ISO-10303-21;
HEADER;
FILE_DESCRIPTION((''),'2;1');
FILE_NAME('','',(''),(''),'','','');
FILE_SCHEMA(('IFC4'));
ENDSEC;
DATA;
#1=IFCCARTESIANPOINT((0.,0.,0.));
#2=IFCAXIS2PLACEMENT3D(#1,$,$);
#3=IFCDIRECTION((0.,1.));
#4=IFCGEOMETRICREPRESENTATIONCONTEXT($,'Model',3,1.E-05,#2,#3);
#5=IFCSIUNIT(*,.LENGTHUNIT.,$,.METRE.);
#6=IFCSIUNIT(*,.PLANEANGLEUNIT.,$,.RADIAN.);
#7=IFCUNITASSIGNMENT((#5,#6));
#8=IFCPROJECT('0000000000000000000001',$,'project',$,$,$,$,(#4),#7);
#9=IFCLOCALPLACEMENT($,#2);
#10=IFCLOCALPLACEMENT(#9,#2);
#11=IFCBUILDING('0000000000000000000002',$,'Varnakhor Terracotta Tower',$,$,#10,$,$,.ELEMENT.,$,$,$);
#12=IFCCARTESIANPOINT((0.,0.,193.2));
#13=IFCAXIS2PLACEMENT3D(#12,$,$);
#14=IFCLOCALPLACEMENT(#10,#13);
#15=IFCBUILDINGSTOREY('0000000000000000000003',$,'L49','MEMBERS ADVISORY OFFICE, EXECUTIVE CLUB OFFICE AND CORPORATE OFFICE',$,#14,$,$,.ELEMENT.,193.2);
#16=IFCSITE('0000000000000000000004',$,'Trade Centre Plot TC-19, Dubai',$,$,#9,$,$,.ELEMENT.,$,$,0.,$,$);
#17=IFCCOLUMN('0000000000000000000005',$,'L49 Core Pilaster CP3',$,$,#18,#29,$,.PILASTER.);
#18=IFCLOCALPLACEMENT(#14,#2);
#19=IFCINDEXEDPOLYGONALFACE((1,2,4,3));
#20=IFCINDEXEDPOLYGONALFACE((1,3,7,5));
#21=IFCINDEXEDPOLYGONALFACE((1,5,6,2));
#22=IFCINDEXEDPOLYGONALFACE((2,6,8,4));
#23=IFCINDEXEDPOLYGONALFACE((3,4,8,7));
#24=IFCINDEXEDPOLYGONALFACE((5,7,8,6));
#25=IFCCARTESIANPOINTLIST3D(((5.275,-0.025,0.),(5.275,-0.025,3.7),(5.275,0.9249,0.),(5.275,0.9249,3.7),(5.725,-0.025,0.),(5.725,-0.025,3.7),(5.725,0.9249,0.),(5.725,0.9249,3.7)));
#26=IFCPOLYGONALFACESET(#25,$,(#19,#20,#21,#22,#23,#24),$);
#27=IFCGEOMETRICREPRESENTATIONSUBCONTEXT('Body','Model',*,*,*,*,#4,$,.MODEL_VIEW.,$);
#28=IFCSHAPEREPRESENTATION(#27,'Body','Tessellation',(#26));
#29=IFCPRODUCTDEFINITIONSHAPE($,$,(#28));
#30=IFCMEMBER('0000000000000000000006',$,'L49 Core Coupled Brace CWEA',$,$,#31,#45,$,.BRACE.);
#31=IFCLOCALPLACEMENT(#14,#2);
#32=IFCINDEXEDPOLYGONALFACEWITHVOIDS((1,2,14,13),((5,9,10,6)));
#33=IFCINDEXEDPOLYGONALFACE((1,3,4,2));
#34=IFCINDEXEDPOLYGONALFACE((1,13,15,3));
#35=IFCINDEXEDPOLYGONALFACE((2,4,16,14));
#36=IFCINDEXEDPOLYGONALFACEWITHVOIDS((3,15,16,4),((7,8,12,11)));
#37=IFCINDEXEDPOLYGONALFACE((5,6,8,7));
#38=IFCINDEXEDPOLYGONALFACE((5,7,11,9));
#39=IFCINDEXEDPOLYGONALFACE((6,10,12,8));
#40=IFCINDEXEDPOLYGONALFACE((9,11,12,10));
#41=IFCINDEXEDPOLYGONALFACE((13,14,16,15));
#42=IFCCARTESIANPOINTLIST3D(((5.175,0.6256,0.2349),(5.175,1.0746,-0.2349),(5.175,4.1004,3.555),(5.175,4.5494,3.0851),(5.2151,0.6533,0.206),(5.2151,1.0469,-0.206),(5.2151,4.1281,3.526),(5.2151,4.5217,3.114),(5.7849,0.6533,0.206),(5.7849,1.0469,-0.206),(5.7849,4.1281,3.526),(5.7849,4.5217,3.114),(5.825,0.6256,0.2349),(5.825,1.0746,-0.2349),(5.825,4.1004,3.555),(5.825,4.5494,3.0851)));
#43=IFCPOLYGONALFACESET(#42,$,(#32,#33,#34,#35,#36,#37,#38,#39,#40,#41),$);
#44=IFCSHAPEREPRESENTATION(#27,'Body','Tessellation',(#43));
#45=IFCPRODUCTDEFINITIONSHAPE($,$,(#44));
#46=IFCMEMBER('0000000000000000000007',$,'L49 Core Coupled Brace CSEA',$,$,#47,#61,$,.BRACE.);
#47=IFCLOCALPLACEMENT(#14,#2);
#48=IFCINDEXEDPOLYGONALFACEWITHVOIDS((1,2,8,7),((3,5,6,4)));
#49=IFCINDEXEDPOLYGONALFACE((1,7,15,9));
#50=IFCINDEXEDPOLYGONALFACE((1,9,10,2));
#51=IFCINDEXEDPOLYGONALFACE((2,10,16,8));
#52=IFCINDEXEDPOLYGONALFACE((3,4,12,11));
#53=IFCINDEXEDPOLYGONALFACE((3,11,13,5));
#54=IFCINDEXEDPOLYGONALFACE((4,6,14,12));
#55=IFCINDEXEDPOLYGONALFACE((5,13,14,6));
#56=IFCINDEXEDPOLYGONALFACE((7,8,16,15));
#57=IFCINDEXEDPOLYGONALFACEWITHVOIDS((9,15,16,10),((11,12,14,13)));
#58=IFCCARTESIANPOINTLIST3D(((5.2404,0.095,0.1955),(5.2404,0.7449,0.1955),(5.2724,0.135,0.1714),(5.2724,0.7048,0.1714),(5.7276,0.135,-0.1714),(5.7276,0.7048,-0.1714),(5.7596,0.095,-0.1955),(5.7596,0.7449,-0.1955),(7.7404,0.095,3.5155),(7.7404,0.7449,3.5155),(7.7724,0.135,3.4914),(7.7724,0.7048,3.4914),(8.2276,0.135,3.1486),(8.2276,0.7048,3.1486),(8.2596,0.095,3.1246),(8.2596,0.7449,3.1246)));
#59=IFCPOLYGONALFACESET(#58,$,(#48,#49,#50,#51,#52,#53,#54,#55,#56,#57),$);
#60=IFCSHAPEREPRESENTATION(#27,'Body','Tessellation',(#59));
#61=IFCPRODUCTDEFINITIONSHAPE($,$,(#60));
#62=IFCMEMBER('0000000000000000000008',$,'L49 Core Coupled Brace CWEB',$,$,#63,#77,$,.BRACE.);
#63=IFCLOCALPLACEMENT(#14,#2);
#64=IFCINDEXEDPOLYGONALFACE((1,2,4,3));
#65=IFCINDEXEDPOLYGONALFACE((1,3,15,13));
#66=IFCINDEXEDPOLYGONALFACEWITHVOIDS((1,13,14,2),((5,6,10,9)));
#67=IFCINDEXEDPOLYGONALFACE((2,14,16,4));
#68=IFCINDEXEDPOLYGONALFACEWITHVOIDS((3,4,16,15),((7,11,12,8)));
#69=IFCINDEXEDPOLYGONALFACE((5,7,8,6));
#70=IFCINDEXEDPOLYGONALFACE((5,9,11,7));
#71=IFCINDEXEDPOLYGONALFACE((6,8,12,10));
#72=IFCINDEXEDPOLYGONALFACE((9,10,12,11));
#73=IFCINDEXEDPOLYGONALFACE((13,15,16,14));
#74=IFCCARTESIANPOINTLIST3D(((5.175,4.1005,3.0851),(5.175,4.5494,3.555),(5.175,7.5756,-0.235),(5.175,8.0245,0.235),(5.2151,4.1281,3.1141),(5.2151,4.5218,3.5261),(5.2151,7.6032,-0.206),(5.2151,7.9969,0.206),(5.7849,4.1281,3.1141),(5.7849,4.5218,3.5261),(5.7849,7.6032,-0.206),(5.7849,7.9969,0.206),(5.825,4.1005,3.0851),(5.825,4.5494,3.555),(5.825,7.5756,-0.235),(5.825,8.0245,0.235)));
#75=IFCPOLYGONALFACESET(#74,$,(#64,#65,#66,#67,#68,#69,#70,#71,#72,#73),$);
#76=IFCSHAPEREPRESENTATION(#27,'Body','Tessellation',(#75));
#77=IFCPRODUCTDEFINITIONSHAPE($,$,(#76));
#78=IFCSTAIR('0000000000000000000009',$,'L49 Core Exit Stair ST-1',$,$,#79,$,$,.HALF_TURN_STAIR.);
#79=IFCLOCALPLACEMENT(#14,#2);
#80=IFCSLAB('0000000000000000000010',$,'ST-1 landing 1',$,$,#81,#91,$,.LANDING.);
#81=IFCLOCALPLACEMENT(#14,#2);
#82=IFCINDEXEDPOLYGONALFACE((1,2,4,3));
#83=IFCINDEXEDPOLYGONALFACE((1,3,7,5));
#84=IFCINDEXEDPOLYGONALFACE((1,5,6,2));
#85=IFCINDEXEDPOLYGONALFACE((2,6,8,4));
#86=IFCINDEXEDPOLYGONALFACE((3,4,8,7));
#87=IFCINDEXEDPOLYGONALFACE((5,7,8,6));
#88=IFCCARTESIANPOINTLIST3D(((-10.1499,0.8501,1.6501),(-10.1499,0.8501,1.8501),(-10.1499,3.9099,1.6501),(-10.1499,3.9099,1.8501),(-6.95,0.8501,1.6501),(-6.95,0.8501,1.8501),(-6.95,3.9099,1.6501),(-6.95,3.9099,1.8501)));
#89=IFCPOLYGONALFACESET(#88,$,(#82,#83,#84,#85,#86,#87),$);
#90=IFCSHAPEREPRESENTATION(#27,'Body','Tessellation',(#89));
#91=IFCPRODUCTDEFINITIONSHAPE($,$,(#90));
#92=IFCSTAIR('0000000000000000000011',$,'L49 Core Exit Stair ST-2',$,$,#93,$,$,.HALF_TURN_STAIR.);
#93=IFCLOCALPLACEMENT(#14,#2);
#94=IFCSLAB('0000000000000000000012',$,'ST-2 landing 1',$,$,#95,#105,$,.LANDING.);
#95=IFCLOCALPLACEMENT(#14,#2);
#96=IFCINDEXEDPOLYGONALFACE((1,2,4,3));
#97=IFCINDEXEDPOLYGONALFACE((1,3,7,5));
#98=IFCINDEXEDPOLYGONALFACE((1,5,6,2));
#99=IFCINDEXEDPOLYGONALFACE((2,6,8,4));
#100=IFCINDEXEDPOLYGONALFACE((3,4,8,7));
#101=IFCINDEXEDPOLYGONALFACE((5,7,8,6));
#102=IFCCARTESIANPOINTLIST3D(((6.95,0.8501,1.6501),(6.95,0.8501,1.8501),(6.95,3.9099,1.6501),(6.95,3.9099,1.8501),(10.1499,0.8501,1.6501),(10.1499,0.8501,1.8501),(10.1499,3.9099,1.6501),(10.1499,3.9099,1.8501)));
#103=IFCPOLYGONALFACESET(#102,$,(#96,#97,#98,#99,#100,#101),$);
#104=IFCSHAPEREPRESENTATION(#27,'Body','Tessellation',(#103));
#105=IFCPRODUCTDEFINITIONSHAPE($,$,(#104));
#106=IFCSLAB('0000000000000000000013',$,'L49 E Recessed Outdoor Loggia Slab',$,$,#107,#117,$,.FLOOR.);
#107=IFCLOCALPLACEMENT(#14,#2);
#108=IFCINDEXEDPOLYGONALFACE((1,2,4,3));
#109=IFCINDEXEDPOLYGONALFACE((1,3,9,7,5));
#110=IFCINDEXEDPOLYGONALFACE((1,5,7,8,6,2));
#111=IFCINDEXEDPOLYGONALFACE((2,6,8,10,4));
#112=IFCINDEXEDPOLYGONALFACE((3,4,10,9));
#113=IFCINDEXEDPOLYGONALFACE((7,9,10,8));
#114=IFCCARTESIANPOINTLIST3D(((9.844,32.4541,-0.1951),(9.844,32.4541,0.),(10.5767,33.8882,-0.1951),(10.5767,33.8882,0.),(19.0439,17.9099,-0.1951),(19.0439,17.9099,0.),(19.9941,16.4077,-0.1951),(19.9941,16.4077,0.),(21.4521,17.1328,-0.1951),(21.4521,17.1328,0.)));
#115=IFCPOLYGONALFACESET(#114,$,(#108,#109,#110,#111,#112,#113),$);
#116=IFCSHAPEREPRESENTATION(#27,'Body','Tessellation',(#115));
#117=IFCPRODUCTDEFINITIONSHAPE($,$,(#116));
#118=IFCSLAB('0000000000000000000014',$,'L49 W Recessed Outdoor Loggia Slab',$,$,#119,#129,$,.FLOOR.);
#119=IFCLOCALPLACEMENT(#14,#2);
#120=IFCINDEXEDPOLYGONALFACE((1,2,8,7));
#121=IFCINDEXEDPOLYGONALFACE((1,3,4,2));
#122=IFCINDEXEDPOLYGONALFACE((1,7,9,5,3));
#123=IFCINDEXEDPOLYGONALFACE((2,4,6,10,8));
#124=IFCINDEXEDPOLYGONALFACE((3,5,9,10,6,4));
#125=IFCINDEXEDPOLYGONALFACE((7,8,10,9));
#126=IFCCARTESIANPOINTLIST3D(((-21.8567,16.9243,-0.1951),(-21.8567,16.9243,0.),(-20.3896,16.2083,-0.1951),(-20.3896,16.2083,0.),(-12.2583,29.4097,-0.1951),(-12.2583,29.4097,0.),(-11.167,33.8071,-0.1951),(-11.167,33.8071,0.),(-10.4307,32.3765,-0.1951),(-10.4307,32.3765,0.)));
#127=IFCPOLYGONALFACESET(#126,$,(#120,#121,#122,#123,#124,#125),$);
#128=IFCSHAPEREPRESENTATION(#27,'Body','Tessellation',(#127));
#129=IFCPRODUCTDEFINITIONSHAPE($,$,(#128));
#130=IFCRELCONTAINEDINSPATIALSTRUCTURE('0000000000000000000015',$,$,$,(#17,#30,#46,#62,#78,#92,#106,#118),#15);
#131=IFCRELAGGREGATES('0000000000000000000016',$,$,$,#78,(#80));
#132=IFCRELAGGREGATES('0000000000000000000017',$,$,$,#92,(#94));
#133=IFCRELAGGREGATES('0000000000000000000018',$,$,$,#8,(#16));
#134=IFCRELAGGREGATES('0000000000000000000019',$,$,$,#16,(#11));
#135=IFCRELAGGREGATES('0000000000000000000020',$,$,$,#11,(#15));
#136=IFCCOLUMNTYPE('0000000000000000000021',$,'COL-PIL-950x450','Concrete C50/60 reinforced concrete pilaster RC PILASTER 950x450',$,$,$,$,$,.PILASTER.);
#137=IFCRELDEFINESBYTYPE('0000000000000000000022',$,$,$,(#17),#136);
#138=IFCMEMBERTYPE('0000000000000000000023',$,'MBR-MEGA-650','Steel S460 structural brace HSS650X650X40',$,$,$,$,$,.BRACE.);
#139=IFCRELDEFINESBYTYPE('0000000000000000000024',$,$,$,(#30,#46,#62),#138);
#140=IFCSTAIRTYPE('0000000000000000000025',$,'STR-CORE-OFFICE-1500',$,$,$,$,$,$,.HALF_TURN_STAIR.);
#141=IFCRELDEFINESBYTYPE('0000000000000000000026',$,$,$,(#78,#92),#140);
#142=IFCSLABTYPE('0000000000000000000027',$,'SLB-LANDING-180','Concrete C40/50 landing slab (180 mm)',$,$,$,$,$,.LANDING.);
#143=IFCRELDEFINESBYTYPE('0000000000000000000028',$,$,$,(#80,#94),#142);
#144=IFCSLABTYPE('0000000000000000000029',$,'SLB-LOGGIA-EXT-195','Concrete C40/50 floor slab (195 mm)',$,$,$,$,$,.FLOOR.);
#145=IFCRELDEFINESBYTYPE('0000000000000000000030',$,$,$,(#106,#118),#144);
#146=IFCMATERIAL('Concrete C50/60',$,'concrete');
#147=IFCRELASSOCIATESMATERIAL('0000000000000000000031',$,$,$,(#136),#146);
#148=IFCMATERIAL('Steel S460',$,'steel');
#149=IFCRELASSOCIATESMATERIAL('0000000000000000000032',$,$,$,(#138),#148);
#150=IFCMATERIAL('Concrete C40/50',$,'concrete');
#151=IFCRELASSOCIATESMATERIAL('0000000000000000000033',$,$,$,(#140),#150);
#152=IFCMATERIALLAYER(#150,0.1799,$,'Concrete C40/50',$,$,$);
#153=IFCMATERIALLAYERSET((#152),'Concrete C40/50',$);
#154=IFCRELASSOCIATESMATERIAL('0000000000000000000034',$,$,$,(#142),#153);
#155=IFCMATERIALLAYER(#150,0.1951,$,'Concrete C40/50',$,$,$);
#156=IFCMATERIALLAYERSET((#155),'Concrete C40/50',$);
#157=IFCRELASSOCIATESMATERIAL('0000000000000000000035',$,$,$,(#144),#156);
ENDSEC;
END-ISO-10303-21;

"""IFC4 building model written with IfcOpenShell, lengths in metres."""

from ifc_helpers import new_model, si_unit, direction, frame, origin, origin_2d, place, context, subcontext, project, spatial, polyline, rectangle, hollow_rectangle, outline, extrude, source, transform, mapped, material, layer, layer_set, material_profile, profile_set, type_object, element, aggregate, save


model = new_model("IFC4")

# Units and contexts
model_context = context("Model", 3, precision=1e-05, world=origin(), true_north=direction((0.0, 1.0)))
body_context = subcontext(model_context, "Body", "Model", "MODEL_VIEW")
ifc_project = project(units=[si_unit("LENGTHUNIT", "METRE"), si_unit("PLANEANGLEUNIT", "RADIAN")], contexts=[model_context])

# Site, building, storey
site_placement = place(None, origin())
site = spatial("IfcSite", under=ifc_project, at=site_placement, Name="Trade Centre Plot TC-19, Dubai", CompositionType="ELEMENT", RefElevation=0.0)
building_placement = place(site_placement, origin())
building = spatial("IfcBuilding", under=site, at=building_placement, Name="Varnakhor Terracotta Tower", CompositionType="ELEMENT")
storey_placement = place(building_placement, frame((0.0, 0.0, 193.2)))
storey = spatial("IfcBuildingStorey", under=building, at=storey_placement, Name="L49", Description="MEMBERS ADVISORY OFFICE, EXECUTIVE CLUB OFFICE AND CORPORATE OFFICE", CompositionType="ELEMENT", Elevation=193.2)

# Column
ifc_material_1 = material(Name="Concrete C50/60", Category="concrete")
ifc_material_profile_1 = material_profile(ifc_material_1, rectangle(XDim=0.45, YDim=0.95, at=origin_2d()), Name="RC PILASTER 950x450")
ifc_profile_set_1 = profile_set([ifc_material_profile_1], Name="Concrete C50/60")
column_type = type_object("IfcColumnType", Name="COL-PIL-950x450", Description="Concrete C50/60 reinforced concrete pilaster RC PILASTER 950x450", PredefinedType="PILASTER", material=ifc_profile_set_1)
shared_shape_1 = source(origin(), body_context, "Body", "SweptSolid", [
    extrude(rectangle(XDim=0.45, YDim=0.95, at=origin_2d()), origin(), (0.0, 0.0, 1.0), 3.7),
])
column_placement = place(storey_placement, frame((5.5, 0.45, 0.0), z_axis=(0.0, 0.0, 1.0), x_axis=(1.0, 0.0, 0.0)))
element("IfcColumn", 1, at=column_placement, inside=storey, type_object=column_type, Name="L49 Core Pilaster CP3", PredefinedType="PILASTER", context=body_context, shape_type="MappedRepresentation", body=[
    mapped(shared_shape_1, transform((0.0, 0.0, 0.0), scale=1.0)),
])

# Members
ifc_material_2 = material(Name="Steel S460", Category="steel")
ifc_material_profile_2 = material_profile(ifc_material_2, hollow_rectangle(XDim=0.6499, YDim=0.6499, WallThickness=0.04, at=origin_2d()), Name="HSS650X650X40")
ifc_profile_set_2 = profile_set([ifc_material_profile_2], Name="Steel S460")
member_type = type_object("IfcMemberType", Name="MBR-MEGA-650", Description="Steel S460 structural brace HSS650X650X40", PredefinedType="BRACE", material=ifc_profile_set_2)
shared_shape_2 = source(origin(), body_context, "Body", "SweptSolid", [
    extrude(hollow_rectangle(XDim=0.6499, YDim=0.6499, WallThickness=0.04, at=origin_2d()), origin(), (0.0, 0.0, 1.0), 4.8059),
])
member_1_placement = place(storey_placement, frame((5.5, 0.8501, 0.0), z_axis=(0.0, 0.723027, 0.69082), x_axis=(-1.0, 0.0, 0.0)))
element("IfcMember", 2, at=member_1_placement, inside=storey, type_object=member_type, Name="L49 Core Coupled Brace CWEA", PredefinedType="BRACE", context=body_context, shape_type="MappedRepresentation", body=[
    mapped(shared_shape_2, transform((0.0, 0.0, 0.0), scale=1.0)),
])
shared_shape_3 = source(origin(), body_context, "Body", "SweptSolid", [
    extrude(hollow_rectangle(XDim=0.6499, YDim=0.6499, WallThickness=0.04, at=origin_2d()), origin(), (0.0, 0.0, 1.0), 4.156),
])
member_2_placement = place(storey_placement, frame((5.5, 0.4199, 0.0), z_axis=(0.601531, 0.0, 0.79885), x_axis=(0.0, 1.0, 0.0)))
element("IfcMember", 3, at=member_2_placement, inside=storey, type_object=member_type, Name="L49 Core Coupled Brace CSEA", PredefinedType="BRACE", context=body_context, shape_type="MappedRepresentation", body=[
    mapped(shared_shape_3, transform((0.0, 0.0, 0.0), scale=1.0)),
])
shared_shape_4 = source(origin(), body_context, "Body", "SweptSolid", [
    extrude(hollow_rectangle(XDim=0.6499, YDim=0.6499, WallThickness=0.04, at=origin_2d()), origin(), (0.0, 0.0, 1.0), 4.8062),
])
member_3_placement = place(storey_placement, frame((5.5, 7.8, 0.0), z_axis=(0.0, -0.723051, 0.690795), x_axis=(1.0, 0.0, 0.0)))
element("IfcMember", 4, at=member_3_placement, inside=storey, type_object=member_type, Name="L49 Core Coupled Brace CWEB", PredefinedType="BRACE", context=body_context, shape_type="MappedRepresentation", body=[
    mapped(shared_shape_4, transform((0.0, 0.0, 0.0), scale=1.0)),
])

# Stairs, slabs
ifc_material_3 = material(Name="Concrete C40/50", Category="concrete")
stair_type = type_object("IfcStairType", Name="STR-CORE-OFFICE-1500", PredefinedType="HALF_TURN_STAIR", material=ifc_material_3)
stair_1_placement = place(storey_placement, origin())
stair_1 = element("IfcStair", 5, at=stair_1_placement, inside=storey, type_object=stair_type, Name="L49 Core Exit Stair ST-1", PredefinedType="HALF_TURN_STAIR")
ifc_layer_1 = layer(ifc_material_3, 0.1799, Name="Concrete C40/50")
ifc_layer_set_1 = layer_set([ifc_layer_1], Name="Concrete C40/50")
slab_type_1 = type_object("IfcSlabType", Name="SLB-LANDING-180", Description="Concrete C40/50 landing slab (180 mm)", PredefinedType="LANDING", material=ifc_layer_set_1)
slab_1_placement = place(storey_placement, frame((0.0, 0.0, 1.6501)))
slab_1 = element("IfcSlab", 6, at=slab_1_placement, type_object=slab_type_1, Name="ST-1 landing 1", PredefinedType="LANDING", context=body_context, shape_type="SweptSolid", body=[
    extrude(outline(polyline([(-10.1499, 3.9099), (-10.1499, 0.8501), (-6.95, 0.8501), (-6.95, 3.9099), (-10.1499, 3.9099)])), origin(), (0.0, 0.0, 1.0), 0.2),
])
aggregate(stair_1, [slab_1])
stair_2_placement = place(storey_placement, origin())
stair_2 = element("IfcStair", 7, at=stair_2_placement, inside=storey, type_object=stair_type, Name="L49 Core Exit Stair ST-2", PredefinedType="HALF_TURN_STAIR")
slab_2_placement = place(storey_placement, frame((0.0, 0.0, 1.6501)))
slab_2 = element("IfcSlab", 8, at=slab_2_placement, type_object=slab_type_1, Name="ST-2 landing 1", PredefinedType="LANDING", context=body_context, shape_type="SweptSolid", body=[
    extrude(outline(polyline([(6.95, 3.9099), (6.95, 0.8501), (10.1499, 0.8501), (10.1499, 3.9099), (6.95, 3.9099)])), origin(), (0.0, 0.0, 1.0), 0.2),
])

# Slabs
ifc_layer_2 = layer(ifc_material_3, 0.1951, Name="Concrete C40/50")
ifc_layer_set_2 = layer_set([ifc_layer_2], Name="Concrete C40/50")
slab_type_2 = type_object("IfcSlabType", Name="SLB-LOGGIA-EXT-195", Description="Concrete C40/50 floor slab (195 mm)", PredefinedType="FLOOR", material=ifc_layer_set_2)
slab_3_placement = place(storey_placement, frame((0.0, 0.0, -0.1951)))
element("IfcSlab", 9, at=slab_3_placement, inside=storey, type_object=slab_type_2, Name="L49 E Recessed Outdoor Loggia Slab", PredefinedType="FLOOR", context=body_context, shape_type="SweptSolid", body=[
    extrude(outline(polyline([(10.5767, 33.8882), (21.4521, 17.1328), (19.9941, 16.4077), (19.0439, 17.9099), (9.844, 32.4541), (10.5767, 33.8882)])), origin(), (0.0, 0.0, 1.0), 0.1951),
])
slab_4_placement = place(storey_placement, frame((0.0, 0.0, -0.1951)))
element("IfcSlab", 10, at=slab_4_placement, inside=storey, type_object=slab_type_2, Name="L49 W Recessed Outdoor Loggia Slab", PredefinedType="FLOOR", context=body_context, shape_type="SweptSolid", body=[
    extrude(outline(polyline([(-21.8567, 16.9243), (-11.167, 33.8071), (-10.4307, 32.3765), (-12.2583, 29.4097), (-20.3896, 16.2083), (-21.8567, 16.9243)])), origin(), (0.0, 0.0, 1.0), 0.1951),
])

aggregate(stair_2, [slab_2])

save(model, "model.ifc")
